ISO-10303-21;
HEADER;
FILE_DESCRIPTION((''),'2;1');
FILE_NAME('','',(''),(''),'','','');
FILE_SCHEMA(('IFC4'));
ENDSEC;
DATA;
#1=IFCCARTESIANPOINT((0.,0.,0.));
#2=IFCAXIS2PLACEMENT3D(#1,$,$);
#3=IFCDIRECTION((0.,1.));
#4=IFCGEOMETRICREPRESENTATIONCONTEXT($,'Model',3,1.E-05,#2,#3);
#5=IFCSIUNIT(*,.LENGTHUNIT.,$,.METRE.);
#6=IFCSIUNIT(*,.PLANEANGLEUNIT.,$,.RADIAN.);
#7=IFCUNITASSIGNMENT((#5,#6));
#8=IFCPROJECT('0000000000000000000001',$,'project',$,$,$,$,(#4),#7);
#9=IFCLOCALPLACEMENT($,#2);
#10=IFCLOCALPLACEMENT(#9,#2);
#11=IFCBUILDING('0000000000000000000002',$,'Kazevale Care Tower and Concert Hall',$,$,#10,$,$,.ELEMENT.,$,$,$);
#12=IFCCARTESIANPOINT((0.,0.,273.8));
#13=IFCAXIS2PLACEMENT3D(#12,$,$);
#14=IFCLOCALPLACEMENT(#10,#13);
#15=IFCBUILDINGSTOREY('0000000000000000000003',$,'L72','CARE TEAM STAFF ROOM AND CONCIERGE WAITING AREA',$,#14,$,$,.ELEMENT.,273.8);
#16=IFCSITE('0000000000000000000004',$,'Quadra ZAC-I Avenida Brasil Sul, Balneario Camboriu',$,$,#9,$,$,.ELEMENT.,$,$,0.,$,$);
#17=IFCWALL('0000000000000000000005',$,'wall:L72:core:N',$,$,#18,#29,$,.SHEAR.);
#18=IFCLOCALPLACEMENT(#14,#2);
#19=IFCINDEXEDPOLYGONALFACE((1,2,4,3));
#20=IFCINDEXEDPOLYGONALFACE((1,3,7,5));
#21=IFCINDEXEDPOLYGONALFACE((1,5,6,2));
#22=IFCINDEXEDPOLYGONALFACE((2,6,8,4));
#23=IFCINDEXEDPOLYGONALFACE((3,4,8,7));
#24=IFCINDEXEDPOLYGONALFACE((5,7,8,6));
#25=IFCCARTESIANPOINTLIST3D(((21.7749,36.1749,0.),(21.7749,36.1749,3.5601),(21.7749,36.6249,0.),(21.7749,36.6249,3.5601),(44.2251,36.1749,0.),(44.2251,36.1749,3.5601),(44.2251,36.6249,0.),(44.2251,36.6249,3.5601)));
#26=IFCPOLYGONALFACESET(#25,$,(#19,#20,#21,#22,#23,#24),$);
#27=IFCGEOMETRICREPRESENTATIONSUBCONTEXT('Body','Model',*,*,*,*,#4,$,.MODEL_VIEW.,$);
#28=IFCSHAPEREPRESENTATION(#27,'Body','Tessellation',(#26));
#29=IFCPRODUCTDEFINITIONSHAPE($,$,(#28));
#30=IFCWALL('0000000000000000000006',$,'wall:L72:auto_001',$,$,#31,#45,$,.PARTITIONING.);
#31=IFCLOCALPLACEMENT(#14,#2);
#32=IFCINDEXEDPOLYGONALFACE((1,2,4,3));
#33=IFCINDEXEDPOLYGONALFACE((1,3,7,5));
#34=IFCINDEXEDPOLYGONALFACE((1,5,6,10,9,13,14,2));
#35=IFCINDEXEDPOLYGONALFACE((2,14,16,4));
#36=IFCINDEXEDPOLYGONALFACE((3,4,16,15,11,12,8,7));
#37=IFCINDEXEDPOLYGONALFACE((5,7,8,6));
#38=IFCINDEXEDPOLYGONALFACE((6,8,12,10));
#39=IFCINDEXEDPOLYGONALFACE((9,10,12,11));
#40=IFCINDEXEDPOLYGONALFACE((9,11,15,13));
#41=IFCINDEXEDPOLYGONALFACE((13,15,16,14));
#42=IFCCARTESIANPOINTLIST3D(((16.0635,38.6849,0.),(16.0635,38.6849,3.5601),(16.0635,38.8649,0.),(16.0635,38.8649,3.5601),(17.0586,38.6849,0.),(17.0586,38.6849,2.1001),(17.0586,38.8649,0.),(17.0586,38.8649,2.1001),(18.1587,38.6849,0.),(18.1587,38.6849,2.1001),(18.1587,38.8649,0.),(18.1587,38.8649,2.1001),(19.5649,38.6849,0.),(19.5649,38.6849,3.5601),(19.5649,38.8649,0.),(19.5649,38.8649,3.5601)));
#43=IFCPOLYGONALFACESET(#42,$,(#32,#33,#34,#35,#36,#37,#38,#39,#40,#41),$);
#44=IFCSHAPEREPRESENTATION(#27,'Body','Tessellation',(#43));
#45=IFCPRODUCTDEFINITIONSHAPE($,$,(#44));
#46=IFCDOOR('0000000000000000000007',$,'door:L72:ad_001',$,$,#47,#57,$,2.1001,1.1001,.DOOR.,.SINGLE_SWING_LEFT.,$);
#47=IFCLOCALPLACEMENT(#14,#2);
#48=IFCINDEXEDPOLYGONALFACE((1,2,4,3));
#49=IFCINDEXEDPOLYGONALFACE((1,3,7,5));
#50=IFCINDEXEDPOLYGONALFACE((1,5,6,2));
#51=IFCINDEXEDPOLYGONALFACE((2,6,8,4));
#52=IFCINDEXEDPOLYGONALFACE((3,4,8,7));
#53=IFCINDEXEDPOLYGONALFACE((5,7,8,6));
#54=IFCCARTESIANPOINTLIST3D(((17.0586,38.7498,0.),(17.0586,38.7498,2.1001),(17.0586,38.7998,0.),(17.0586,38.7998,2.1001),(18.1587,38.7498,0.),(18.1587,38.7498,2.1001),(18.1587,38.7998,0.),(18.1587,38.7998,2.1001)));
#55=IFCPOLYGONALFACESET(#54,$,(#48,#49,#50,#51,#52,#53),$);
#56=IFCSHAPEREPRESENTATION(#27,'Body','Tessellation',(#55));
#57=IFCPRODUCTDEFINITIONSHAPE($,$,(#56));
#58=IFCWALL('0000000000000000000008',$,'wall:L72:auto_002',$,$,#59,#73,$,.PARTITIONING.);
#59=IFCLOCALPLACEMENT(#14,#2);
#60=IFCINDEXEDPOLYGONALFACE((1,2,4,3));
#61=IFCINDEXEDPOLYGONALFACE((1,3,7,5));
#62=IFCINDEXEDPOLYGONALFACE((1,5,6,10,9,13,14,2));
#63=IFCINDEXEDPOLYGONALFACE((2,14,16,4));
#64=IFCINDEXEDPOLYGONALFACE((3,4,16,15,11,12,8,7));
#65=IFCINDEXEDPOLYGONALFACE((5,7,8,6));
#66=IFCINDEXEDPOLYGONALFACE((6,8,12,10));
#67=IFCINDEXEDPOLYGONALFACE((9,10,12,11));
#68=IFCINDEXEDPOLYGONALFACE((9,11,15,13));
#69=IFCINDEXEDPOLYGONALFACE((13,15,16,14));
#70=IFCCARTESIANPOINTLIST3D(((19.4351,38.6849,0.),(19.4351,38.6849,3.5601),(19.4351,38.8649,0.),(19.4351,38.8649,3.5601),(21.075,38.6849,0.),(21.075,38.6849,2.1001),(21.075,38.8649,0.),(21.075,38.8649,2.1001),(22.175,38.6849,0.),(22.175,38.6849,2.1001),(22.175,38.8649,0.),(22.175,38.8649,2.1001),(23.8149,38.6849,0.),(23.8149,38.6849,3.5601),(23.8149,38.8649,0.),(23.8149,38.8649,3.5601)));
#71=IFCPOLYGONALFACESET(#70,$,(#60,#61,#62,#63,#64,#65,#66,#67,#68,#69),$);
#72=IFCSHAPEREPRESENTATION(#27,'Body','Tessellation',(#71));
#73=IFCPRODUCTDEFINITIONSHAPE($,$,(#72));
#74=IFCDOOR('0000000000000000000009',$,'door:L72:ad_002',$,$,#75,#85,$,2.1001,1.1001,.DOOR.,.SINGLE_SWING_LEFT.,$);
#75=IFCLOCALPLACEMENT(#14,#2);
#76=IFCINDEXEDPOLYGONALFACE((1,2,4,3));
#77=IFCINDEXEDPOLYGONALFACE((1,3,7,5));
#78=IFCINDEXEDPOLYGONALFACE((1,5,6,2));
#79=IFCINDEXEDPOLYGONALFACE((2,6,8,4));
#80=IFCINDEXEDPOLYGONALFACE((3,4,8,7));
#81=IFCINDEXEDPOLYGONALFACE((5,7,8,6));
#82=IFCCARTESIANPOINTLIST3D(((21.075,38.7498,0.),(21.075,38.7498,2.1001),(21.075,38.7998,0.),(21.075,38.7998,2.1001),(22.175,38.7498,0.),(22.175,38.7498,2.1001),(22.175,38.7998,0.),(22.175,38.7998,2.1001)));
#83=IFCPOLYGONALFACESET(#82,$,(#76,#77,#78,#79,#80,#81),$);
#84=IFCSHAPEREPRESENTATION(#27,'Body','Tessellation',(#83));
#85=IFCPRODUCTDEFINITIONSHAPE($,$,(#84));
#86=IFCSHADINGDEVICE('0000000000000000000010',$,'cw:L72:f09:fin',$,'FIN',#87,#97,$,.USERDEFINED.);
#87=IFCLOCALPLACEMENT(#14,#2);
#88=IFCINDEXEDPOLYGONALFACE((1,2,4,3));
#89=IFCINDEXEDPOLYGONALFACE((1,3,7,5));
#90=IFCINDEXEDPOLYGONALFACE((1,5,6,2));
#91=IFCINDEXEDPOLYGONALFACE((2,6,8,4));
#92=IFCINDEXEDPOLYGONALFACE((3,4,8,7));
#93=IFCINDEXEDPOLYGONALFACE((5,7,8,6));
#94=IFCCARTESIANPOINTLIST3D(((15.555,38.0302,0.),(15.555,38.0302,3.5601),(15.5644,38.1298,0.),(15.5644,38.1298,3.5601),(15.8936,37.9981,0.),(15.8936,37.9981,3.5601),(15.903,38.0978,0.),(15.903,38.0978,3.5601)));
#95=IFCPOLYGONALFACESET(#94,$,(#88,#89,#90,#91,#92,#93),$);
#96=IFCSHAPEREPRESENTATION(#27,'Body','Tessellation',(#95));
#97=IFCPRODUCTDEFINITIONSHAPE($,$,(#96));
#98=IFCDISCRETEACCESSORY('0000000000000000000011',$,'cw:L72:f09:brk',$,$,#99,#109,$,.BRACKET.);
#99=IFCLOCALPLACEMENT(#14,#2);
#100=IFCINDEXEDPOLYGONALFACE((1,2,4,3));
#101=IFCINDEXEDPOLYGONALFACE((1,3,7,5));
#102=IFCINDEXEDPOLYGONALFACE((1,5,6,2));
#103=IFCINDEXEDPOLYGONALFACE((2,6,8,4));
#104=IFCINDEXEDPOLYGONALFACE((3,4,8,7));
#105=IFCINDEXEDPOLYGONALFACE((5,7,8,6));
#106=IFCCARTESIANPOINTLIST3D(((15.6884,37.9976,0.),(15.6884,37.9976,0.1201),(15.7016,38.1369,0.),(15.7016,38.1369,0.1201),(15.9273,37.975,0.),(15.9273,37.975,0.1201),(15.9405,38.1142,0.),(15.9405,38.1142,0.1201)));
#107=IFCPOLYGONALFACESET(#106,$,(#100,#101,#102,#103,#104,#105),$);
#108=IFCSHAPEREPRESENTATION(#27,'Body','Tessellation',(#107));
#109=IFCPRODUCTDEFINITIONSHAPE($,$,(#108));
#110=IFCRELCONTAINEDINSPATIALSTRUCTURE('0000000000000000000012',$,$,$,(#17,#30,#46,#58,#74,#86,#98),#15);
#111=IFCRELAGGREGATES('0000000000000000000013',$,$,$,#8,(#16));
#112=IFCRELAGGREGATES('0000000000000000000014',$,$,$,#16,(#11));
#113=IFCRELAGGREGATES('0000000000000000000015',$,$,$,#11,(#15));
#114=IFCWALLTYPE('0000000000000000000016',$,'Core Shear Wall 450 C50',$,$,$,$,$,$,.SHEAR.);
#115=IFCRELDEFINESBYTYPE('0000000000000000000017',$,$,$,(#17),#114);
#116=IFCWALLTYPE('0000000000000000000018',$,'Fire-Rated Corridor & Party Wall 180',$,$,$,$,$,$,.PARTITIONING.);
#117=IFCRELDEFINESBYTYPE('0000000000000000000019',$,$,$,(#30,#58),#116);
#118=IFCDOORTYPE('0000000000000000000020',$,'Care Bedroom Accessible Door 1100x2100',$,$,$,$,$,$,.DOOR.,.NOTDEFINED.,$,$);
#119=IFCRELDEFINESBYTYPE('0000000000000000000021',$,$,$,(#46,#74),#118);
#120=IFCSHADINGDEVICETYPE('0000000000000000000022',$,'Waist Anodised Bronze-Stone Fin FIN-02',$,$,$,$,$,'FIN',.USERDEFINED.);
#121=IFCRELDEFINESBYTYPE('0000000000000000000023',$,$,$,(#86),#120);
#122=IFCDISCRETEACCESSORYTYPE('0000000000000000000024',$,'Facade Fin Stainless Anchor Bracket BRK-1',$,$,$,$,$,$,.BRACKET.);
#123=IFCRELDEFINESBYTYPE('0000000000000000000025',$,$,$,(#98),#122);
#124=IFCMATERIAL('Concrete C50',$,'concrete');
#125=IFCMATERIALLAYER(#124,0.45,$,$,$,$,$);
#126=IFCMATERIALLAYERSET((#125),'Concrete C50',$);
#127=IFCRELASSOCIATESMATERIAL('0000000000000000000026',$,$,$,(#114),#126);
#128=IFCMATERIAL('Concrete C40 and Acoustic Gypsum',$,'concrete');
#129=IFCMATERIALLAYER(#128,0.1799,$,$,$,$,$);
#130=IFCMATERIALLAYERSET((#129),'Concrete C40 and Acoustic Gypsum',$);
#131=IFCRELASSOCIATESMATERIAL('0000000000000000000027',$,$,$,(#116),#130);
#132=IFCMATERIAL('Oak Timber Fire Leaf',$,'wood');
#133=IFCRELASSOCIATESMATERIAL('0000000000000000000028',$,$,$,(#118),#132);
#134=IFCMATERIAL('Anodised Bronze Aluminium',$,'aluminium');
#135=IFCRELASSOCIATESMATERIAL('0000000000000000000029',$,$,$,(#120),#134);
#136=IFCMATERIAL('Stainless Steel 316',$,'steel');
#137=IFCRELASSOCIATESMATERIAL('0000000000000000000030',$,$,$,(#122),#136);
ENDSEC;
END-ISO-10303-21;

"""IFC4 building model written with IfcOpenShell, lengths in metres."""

from ifc_helpers import new_model, si_unit, direction, frame, frame_2d, origin, origin_2d, place, context, subcontext, project, spatial, rectangle, extrude, material, layer, layer_set, type_object, element, fill, save


model = new_model("IFC4")

# Units and contexts
model_context = context("Model", 3, precision=1e-05, world=origin(), true_north=direction((0.0, 1.0)))
body_context = subcontext(model_context, "Body", "Model", "MODEL_VIEW")
ifc_project = project(units=[si_unit("LENGTHUNIT", "METRE"), si_unit("PLANEANGLEUNIT", "RADIAN")], contexts=[model_context])

# Site, building, storey
site_placement = place(None, origin())
site = spatial("IfcSite", under=ifc_project, at=site_placement, Name="Quadra ZAC-I Avenida Brasil Sul, Balneario Camboriu", CompositionType="ELEMENT", RefElevation=0.0)
building_placement = place(site_placement, origin())
building = spatial("IfcBuilding", under=site, at=building_placement, Name="Kazevale Care Tower and Concert Hall", CompositionType="ELEMENT")
storey_placement = place(building_placement, frame((0.0, 0.0, 273.8)))
storey = spatial("IfcBuildingStorey", under=building, at=storey_placement, Name="L72", Description="CARE TEAM STAFF ROOM AND CONCIERGE WAITING AREA", CompositionType="ELEMENT", Elevation=273.8)

# Shared definitions
ifc_material_1 = material(Name="Concrete C50", Category="concrete")

# Wall
ifc_layer_1 = layer(ifc_material_1, 0.45)
ifc_layer_set_1 = layer_set([ifc_layer_1], Name="Concrete C50")
wall_type_1 = type_object("IfcWallType", Name="Core Shear Wall 450 C50", PredefinedType="SHEAR", material=ifc_layer_set_1)
wall_1_placement = place(storey_placement, frame((21.7749, 36.3999, 0.0), z_axis=(0.0, 0.0, 1.0), x_axis=(1.0, 0.0, 0.0)))
element("IfcWall", 1, at=wall_1_placement, inside=storey, type_object=wall_type_1, Name="wall:L72:core:N", PredefinedType="SHEAR", context=body_context, shape_type="SweptSolid", body=[
    extrude(rectangle(XDim=22.4502, YDim=0.45, at=frame_2d((11.2251, 0.0))), origin(), (0.0, 0.0, 1.0), 3.5601),
])

# Walls, openings, doors
ifc_material_2 = material(Name="Concrete C40 and Acoustic Gypsum", Category="concrete")
ifc_layer_2 = layer(ifc_material_2, 0.1799)
ifc_layer_set_2 = layer_set([ifc_layer_2], Name="Concrete C40 and Acoustic Gypsum")
wall_type_2 = type_object("IfcWallType", Name="Fire-Rated Corridor & Party Wall 180", PredefinedType="PARTITIONING", material=ifc_layer_set_2)
wall_2_placement = place(storey_placement, frame((16.0635, 38.7749, 0.0), z_axis=(0.0, 0.0, 1.0), x_axis=(1.0, 0.0, 0.0)))
wall_2 = element("IfcWall", 2, at=wall_2_placement, inside=storey, type_object=wall_type_2, Name="wall:L72:auto_001", PredefinedType="PARTITIONING", context=body_context, shape_type="SweptSolid", body=[
    extrude(rectangle(XDim=3.5015, YDim=0.1799, at=frame_2d((1.7507, 0.0))), origin(), (0.0, 0.0, 1.0), 3.5601),
])
opening_1_placement = place(wall_2_placement, frame((0.9951, 0.0, 0.0)))
opening_1 = element("IfcOpeningElement", 3, at=opening_1_placement, cuts=wall_2, PredefinedType="OPENING", context=body_context, shape_type="SweptSolid", body=[
    extrude(rectangle(XDim=1.1001, YDim=2.1001, at=frame_2d((0.55, 1.05))), frame((0.0, 0.0999, 0.0), z_axis=(0.0, -1.0, 0.0), x_axis=(1.0, 0.0, 0.0)), (0.0, 0.0, 1.0), 0.2),
])
ifc_material_3 = material(Name="Oak Timber Fire Leaf", Category="wood")
door_type = type_object("IfcDoorType", Name="Care Bedroom Accessible Door 1100x2100", OperationType="NOTDEFINED", PredefinedType="DOOR", material=ifc_material_3)
door_1_placement = place(opening_1_placement, origin())
door_1 = element("IfcDoor", 4, at=door_1_placement, inside=storey, type_object=door_type, Name="door:L72:ad_001", OperationType="SINGLE_SWING_LEFT", OverallHeight=2.1001, OverallWidth=1.1001, PredefinedType="DOOR", context=body_context, shape_type="SweptSolid", body=[
    extrude(rectangle(XDim=1.1001, YDim=2.1001, at=frame_2d((0.55, 1.05))), frame((0.0, 0.0249, 0.0), z_axis=(0.0, -1.0, 0.0), x_axis=(1.0, 0.0, 0.0)), (0.0, 0.0, 1.0), 0.05),
])
fill(opening_1, door_1)
wall_3_placement = place(storey_placement, frame((19.4351, 38.7749, 0.0), z_axis=(0.0, 0.0, 1.0), x_axis=(1.0, 0.0, 0.0)))
wall_3 = element("IfcWall", 5, at=wall_3_placement, inside=storey, type_object=wall_type_2, Name="wall:L72:auto_002", PredefinedType="PARTITIONING", context=body_context, shape_type="SweptSolid", body=[
    extrude(rectangle(XDim=4.3799, YDim=0.1799, at=frame_2d((2.1899, 0.0))), origin(), (0.0, 0.0, 1.0), 3.5601),
])
opening_2_placement = place(wall_3_placement, frame((1.6399, 0.0, 0.0)))
opening_2 = element("IfcOpeningElement", 6, at=opening_2_placement, cuts=wall_3, PredefinedType="OPENING", context=body_context, shape_type="SweptSolid", body=[
    extrude(rectangle(XDim=1.1001, YDim=2.1001, at=frame_2d((0.55, 1.05))), frame((0.0, 0.0999, 0.0), z_axis=(0.0, -1.0, 0.0), x_axis=(1.0, 0.0, 0.0)), (0.0, 0.0, 1.0), 0.2),
])
door_2_placement = place(opening_2_placement, origin())
door_2 = element("IfcDoor", 7, at=door_2_placement, inside=storey, type_object=door_type, Name="door:L72:ad_002", OperationType="SINGLE_SWING_LEFT", OverallHeight=2.1001, OverallWidth=1.1001, PredefinedType="DOOR", context=body_context, shape_type="SweptSolid", body=[
    extrude(rectangle(XDim=1.1001, YDim=2.1001, at=frame_2d((0.55, 1.05))), frame((0.0, 0.0249, 0.0), z_axis=(0.0, -1.0, 0.0), x_axis=(1.0, 0.0, 0.0)), (0.0, 0.0, 1.0), 0.05),
])
fill(opening_2, door_2)

# Shading device
ifc_material_4 = material(Name="Anodised Bronze Aluminium", Category="aluminium")
shading_device_type = type_object("IfcShadingDeviceType", Name="Waist Anodised Bronze-Stone Fin FIN-02", ElementType="FIN", PredefinedType="USERDEFINED", material=ifc_material_4)
shading_device_placement = place(storey_placement, frame((15.729, 38.064, 0.0), z_axis=(0.0, 0.0, 1.0), x_axis=(-0.995546, 0.094282, 0.0)))
element("IfcShadingDevice", 8, at=shading_device_placement, inside=storey, type_object=shading_device_type, Name="cw:L72:f09:fin", ObjectType="FIN", PredefinedType="USERDEFINED", context=body_context, shape_type="SweptSolid", body=[
    extrude(rectangle(XDim=0.3401, YDim=0.1001, at=origin_2d()), origin(), (0.0, 0.0, 1.0), 3.5601),
])

# Discrete accessory
ifc_material_5 = material(Name="Stainless Steel 316", Category="steel")
discrete_accessory_type = type_object("IfcDiscreteAccessoryType", Name="Facade Fin Stainless Anchor Bracket BRK-1", PredefinedType="BRACKET", material=ifc_material_5)
discrete_accessory_placement = place(storey_placement, frame((15.8145, 38.0559, 0.0), z_axis=(0.0, 0.0, 1.0), x_axis=(-0.995546, 0.094282, 0.0)))
element("IfcDiscreteAccessory", 9, at=discrete_accessory_placement, inside=storey, type_object=discrete_accessory_type, Name="cw:L72:f09:brk", PredefinedType="BRACKET", context=body_context, shape_type="SweptSolid", body=[
    extrude(rectangle(XDim=0.24, YDim=0.1399, at=origin_2d()), origin(), (0.0, 0.0, 1.0), 0.1201),
])

save(model, "model.ifc")
